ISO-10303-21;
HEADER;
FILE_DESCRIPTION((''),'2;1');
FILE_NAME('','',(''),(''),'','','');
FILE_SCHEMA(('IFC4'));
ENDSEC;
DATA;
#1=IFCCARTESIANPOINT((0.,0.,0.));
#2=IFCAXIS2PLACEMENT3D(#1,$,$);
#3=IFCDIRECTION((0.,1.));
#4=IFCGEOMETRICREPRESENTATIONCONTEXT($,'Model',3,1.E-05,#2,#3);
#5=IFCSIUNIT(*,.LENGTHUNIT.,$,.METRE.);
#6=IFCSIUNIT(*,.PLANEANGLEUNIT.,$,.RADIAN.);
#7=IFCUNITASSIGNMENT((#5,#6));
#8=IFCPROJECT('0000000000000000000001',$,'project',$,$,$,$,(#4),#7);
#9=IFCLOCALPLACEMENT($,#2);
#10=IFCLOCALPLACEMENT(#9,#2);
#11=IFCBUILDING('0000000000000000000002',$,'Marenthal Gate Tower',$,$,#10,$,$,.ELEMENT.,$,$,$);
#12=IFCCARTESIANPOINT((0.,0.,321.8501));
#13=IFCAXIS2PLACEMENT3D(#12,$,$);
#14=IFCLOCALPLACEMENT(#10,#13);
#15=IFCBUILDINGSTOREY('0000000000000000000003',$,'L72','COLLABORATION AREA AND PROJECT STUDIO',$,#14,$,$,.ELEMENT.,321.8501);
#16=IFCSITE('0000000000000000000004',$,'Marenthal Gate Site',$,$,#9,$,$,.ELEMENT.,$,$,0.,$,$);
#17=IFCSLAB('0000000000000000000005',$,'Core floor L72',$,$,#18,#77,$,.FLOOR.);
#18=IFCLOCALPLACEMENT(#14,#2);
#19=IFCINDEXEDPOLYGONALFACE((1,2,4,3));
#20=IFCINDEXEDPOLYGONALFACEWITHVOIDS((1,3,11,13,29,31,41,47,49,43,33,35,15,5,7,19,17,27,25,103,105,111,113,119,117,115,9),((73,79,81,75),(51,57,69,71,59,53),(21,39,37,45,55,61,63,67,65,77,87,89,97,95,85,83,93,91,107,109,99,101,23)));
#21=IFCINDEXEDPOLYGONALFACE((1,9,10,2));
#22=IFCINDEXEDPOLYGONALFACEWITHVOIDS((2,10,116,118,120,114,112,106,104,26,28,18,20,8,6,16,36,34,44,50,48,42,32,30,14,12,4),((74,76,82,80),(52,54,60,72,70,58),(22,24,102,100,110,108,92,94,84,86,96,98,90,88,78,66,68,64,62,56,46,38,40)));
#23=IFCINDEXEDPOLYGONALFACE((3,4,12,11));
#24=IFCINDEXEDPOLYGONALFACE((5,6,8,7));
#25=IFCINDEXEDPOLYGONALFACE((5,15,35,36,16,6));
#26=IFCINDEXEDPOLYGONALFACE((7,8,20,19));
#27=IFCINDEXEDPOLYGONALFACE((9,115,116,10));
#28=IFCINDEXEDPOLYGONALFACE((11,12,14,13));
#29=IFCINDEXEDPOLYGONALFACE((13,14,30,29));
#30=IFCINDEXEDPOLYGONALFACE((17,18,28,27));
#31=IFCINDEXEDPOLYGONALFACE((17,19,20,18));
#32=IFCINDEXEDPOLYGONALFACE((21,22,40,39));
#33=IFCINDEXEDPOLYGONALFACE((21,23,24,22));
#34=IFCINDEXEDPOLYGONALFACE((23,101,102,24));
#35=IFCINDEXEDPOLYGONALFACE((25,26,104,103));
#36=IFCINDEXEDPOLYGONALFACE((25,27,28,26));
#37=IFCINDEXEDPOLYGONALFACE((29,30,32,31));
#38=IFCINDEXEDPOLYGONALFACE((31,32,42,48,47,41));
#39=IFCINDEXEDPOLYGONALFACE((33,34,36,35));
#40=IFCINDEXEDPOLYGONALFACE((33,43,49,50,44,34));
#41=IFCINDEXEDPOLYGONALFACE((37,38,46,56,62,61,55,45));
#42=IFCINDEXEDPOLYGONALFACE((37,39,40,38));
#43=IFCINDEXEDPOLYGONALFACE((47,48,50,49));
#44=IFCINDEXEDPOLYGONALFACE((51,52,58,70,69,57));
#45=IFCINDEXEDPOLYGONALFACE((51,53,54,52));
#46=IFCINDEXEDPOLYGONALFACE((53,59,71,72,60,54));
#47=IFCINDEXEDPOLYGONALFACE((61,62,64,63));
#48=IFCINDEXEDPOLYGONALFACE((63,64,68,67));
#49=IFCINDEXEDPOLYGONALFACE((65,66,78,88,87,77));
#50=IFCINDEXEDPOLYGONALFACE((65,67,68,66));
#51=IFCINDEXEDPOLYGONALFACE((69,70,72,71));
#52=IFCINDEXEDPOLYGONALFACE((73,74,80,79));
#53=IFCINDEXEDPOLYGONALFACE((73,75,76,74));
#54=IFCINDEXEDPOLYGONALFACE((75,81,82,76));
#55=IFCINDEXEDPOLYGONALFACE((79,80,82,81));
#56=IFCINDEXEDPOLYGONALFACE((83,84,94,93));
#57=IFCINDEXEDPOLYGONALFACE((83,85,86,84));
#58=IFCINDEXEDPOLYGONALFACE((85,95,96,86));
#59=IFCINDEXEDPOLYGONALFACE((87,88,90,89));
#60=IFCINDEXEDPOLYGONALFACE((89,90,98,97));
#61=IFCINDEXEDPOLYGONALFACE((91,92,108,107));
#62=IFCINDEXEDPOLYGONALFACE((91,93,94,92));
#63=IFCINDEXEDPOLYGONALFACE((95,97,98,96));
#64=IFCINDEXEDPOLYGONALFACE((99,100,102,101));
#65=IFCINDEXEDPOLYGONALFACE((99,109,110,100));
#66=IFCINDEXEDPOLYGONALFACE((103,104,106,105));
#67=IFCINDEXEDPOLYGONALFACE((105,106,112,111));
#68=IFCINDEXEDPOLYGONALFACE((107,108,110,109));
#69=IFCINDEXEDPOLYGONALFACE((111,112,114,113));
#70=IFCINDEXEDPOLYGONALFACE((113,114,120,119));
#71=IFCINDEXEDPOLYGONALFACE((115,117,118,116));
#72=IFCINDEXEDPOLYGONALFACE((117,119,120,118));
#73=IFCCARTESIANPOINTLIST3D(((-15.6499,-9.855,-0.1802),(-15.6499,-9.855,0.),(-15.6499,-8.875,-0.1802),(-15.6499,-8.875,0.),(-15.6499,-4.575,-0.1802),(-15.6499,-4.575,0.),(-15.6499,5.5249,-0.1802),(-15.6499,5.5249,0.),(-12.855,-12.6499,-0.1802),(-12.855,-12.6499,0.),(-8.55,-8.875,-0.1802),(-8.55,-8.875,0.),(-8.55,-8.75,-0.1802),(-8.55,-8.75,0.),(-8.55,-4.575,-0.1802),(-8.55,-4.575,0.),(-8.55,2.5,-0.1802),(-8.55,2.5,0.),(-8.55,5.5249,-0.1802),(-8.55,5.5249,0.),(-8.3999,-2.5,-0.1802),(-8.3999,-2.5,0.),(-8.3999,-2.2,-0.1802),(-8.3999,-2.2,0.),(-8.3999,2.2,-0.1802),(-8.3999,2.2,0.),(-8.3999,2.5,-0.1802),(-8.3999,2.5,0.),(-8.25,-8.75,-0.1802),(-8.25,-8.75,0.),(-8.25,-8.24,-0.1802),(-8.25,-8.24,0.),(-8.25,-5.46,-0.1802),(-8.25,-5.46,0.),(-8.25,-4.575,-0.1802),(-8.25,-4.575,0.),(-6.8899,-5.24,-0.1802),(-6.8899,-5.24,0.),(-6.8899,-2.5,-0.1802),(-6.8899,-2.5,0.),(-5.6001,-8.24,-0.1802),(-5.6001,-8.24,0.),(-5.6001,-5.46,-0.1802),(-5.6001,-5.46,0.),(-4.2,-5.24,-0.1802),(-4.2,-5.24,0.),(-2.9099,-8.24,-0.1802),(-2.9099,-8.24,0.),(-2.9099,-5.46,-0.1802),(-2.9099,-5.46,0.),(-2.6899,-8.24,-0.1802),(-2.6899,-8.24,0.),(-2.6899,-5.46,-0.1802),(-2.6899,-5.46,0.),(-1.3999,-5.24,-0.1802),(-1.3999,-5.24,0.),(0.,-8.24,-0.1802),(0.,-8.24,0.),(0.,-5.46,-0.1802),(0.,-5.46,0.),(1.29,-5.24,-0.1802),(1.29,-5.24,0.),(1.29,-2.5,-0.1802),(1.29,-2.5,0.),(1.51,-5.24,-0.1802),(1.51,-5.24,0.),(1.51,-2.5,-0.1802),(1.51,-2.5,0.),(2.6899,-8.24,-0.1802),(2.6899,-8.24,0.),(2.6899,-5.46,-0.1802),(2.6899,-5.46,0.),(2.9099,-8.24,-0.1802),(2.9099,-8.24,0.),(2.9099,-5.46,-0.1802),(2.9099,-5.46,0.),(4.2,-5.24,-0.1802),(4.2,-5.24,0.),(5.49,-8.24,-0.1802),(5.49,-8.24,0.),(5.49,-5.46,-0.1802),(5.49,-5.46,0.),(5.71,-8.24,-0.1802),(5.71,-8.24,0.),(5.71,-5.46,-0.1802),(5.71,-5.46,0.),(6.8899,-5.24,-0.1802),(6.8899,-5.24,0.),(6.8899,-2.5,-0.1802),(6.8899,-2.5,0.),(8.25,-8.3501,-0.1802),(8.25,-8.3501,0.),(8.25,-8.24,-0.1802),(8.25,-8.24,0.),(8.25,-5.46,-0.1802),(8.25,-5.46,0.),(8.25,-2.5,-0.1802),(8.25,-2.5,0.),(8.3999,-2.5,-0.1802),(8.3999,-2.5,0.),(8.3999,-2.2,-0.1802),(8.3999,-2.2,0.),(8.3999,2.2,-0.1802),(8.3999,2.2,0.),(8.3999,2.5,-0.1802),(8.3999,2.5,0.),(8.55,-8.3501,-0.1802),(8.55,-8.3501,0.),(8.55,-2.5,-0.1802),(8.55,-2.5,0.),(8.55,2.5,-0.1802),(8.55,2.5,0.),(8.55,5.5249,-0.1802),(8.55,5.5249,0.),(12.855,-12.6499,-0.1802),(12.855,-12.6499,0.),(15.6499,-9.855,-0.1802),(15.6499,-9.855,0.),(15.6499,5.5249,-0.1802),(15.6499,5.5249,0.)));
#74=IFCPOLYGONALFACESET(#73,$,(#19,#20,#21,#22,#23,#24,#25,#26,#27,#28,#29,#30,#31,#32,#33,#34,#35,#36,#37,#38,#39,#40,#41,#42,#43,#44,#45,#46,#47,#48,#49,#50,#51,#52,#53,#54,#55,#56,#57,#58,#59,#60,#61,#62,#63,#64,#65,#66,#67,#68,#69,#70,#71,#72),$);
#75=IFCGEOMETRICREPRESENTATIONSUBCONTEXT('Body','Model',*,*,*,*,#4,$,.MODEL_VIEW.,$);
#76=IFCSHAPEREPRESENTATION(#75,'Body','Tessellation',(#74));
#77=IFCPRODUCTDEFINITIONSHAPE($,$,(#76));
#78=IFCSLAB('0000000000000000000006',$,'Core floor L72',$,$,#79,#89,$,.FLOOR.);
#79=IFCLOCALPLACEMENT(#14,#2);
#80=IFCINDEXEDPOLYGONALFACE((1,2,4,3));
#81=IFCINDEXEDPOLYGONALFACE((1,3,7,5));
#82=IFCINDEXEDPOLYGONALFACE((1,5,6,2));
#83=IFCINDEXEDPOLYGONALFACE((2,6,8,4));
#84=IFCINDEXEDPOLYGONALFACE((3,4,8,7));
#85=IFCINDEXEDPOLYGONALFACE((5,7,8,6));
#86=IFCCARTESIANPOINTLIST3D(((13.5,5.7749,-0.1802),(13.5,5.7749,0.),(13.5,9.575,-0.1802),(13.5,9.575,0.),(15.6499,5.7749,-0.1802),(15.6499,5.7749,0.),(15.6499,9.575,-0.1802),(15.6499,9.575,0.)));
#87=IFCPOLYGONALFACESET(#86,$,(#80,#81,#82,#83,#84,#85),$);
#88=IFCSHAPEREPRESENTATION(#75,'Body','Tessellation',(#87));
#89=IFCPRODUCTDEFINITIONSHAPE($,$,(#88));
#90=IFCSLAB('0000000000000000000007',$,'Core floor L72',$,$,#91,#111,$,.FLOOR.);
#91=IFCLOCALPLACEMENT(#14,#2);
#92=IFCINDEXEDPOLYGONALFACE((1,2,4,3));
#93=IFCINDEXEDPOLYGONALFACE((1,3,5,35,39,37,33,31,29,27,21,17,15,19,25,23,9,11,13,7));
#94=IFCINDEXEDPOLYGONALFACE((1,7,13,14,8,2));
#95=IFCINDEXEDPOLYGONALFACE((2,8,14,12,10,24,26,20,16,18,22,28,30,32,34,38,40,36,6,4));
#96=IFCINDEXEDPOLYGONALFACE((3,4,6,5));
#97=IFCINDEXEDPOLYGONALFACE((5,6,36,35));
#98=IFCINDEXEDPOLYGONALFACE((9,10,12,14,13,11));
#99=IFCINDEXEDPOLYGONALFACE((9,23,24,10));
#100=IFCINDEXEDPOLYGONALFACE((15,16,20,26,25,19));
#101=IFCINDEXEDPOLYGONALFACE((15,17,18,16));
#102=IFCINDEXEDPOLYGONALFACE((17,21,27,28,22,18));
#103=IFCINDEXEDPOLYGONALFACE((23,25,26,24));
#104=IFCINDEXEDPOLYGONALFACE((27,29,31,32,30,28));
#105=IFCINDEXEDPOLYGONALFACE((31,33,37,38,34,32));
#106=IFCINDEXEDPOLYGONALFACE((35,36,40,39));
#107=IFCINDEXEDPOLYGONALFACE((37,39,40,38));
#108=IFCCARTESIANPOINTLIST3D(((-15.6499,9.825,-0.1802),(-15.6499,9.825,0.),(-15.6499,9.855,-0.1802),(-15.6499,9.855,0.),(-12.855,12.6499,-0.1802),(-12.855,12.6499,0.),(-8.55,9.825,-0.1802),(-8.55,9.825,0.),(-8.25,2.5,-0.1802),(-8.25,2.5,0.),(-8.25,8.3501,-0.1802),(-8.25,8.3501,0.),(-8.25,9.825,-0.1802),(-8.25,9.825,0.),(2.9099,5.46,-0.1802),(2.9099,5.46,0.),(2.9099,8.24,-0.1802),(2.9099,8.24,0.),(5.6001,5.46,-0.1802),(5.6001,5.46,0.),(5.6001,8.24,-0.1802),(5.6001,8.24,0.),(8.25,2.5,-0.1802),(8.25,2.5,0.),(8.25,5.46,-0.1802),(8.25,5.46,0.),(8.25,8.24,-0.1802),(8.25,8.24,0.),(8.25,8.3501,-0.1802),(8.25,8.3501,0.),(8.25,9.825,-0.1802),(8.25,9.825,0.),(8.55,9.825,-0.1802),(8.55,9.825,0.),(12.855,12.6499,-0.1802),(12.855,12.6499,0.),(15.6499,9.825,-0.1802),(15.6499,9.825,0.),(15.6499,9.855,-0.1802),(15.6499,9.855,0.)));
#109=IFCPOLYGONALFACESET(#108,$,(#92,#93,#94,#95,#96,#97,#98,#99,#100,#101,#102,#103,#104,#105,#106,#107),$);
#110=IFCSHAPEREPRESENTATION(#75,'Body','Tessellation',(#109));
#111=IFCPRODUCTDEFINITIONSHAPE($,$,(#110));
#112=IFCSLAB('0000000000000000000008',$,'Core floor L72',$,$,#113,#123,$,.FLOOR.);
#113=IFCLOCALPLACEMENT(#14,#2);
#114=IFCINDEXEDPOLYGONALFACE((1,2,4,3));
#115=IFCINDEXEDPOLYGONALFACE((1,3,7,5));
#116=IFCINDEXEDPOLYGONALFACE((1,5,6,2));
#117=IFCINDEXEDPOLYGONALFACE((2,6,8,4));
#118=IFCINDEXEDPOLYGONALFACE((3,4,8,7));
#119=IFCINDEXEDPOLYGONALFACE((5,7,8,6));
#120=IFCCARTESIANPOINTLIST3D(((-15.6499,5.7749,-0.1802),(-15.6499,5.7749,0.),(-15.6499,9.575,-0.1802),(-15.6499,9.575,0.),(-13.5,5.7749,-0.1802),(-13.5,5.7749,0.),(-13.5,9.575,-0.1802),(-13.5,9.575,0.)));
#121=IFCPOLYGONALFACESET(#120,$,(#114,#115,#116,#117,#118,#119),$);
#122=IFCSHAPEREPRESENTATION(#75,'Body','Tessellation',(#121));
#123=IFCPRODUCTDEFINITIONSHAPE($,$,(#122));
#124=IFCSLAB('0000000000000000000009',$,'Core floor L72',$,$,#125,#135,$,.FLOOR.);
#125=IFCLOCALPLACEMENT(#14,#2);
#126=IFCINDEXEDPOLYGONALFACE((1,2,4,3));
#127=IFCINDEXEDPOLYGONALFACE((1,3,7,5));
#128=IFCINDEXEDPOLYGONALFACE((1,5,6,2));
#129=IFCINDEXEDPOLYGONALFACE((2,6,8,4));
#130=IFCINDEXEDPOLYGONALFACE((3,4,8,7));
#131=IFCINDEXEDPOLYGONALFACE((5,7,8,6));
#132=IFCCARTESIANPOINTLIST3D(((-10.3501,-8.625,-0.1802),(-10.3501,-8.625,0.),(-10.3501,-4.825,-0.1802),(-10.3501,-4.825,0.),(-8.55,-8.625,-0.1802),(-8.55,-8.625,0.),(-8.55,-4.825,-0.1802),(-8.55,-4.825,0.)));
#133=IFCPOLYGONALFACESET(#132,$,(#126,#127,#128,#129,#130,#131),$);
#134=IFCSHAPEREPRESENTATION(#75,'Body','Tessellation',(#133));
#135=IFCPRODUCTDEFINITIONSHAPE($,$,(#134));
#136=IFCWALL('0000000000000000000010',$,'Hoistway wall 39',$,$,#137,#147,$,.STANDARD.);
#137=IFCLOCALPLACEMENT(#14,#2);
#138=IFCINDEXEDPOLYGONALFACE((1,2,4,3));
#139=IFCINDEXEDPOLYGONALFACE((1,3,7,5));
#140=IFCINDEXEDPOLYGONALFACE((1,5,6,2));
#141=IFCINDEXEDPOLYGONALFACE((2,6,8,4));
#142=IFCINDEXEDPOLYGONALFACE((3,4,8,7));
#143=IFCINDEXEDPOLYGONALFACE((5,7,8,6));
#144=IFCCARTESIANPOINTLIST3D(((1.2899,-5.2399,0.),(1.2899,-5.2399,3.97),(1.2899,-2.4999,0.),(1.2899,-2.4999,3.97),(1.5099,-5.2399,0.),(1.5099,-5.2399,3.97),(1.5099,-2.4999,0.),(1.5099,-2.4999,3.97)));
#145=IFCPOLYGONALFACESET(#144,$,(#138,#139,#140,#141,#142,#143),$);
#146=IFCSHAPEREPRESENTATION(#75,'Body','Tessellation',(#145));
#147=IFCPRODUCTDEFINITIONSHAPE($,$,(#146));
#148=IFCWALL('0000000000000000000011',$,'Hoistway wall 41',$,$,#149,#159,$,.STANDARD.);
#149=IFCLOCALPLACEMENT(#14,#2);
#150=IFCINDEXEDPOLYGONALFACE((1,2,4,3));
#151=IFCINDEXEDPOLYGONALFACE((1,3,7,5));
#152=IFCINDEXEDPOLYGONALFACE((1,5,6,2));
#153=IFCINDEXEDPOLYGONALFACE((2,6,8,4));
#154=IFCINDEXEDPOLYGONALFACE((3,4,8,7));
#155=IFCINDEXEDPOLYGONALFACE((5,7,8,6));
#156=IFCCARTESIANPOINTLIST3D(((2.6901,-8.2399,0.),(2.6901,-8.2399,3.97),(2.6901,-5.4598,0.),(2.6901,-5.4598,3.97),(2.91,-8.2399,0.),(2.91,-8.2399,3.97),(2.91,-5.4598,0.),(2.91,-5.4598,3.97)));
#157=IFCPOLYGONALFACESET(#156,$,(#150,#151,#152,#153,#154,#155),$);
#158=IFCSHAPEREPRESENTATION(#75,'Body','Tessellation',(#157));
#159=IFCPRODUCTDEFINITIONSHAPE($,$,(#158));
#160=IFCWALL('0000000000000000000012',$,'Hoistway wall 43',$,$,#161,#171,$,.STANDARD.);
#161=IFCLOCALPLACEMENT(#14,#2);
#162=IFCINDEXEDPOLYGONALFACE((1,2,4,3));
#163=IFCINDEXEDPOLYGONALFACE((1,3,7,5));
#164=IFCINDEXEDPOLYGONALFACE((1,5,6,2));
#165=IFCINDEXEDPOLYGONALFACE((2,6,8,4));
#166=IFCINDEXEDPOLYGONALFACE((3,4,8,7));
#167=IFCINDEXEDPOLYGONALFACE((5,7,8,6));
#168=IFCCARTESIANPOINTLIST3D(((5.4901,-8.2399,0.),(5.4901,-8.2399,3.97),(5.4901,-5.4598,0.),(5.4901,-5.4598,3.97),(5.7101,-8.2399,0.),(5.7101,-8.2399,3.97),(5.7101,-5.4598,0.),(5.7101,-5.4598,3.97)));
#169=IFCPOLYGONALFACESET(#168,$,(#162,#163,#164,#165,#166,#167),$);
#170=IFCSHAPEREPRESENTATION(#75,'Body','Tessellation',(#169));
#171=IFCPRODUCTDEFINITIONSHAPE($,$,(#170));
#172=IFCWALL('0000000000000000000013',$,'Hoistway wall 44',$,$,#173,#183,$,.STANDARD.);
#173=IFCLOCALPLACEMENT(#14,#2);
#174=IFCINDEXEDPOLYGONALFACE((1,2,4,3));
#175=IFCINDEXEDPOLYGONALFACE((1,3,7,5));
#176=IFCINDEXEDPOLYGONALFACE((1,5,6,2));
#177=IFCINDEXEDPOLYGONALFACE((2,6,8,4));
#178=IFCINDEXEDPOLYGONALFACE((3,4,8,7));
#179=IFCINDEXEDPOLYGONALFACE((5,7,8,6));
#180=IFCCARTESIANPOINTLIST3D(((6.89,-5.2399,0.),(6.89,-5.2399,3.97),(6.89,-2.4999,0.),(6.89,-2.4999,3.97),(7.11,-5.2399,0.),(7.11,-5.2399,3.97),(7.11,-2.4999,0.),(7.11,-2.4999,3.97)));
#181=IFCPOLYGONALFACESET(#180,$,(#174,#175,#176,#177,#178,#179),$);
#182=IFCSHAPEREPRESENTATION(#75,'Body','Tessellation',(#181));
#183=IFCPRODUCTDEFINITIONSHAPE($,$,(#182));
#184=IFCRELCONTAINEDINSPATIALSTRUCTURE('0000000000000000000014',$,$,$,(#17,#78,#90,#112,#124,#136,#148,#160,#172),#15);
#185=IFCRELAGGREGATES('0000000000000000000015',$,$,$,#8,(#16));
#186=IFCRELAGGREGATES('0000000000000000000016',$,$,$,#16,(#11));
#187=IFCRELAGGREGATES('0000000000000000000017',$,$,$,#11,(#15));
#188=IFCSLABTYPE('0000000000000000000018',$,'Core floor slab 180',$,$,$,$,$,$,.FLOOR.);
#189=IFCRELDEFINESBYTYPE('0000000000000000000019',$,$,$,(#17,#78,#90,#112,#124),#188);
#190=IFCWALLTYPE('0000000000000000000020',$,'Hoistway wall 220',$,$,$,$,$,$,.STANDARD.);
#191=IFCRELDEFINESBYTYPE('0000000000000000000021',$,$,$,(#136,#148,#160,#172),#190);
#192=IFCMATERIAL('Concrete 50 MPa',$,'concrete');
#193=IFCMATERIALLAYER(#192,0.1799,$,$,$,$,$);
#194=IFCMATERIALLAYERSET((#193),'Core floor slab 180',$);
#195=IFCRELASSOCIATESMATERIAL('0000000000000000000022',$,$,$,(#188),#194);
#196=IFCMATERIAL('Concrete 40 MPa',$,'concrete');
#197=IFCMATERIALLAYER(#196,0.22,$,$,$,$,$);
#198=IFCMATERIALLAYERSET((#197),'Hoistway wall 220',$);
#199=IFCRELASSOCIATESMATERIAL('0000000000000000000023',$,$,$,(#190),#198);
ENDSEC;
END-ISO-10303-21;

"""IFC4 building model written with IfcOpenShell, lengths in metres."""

from ifc_helpers import new_model, si_unit, direction, frame, frame_2d, origin, place, context, subcontext, project, spatial, polyline, rectangle, outline, extrude, material, layer, layer_set, type_object, element, save


model = new_model("IFC4")

# Units and contexts
model_context = context("Model", 3, precision=1e-05, world=origin(), true_north=direction((0.0, 1.0)))
body_context = subcontext(model_context, "Body", "Model", "MODEL_VIEW")
ifc_project = project(units=[si_unit("LENGTHUNIT", "METRE"), si_unit("PLANEANGLEUNIT", "RADIAN")], contexts=[model_context])

# Site, building, storey
site_placement = place(None, origin())
site = spatial("IfcSite", under=ifc_project, at=site_placement, Name="Marenthal Gate Site", CompositionType="ELEMENT", RefElevation=0.0)
building_placement = place(site_placement, origin())
building = spatial("IfcBuilding", under=site, at=building_placement, Name="Marenthal Gate Tower", CompositionType="ELEMENT")
storey_placement = place(building_placement, frame((0.0, 0.0, 321.8501)))
storey = spatial("IfcBuildingStorey", under=building, at=storey_placement, Name="L72", Description="COLLABORATION AREA AND PROJECT STUDIO", CompositionType="ELEMENT", Elevation=321.8501)

# Slabs
ifc_material_1 = material(Name="Concrete 50 MPa", Category="concrete")
ifc_layer_1 = layer(ifc_material_1, 0.1799)
ifc_layer_set_1 = layer_set([ifc_layer_1], Name="Core floor slab 180")
slab_type_1 = type_object("IfcSlabType", Name="Core floor slab 180", PredefinedType="FLOOR", material=ifc_layer_set_1)
slab_1_placement = place(storey_placement, frame((0.0, 0.0, -0.1802)))
element("IfcSlab", 1, at=slab_1_placement, inside=storey, type_object=slab_type_1, Name="Core floor L72", PredefinedType="FLOOR", context=body_context, shape_type="SweptSolid", body=[
    extrude(outline(polyline([(12.855, -12.6499), (-12.855, -12.6499), (-15.6499, -9.855), (-15.6499, -8.875), (-8.55, -8.875), (-8.55, -8.75), (-8.25, -8.75), (-8.25, -8.24), (-5.6001, -8.24), (-2.9099, -8.24), (-2.9099, -5.46), (-5.6001, -5.46), (-8.25, -5.46), (-8.25, -4.575), (-8.55, -4.575), (-15.6499, -4.575), (-15.6499, 5.5249), (-8.55, 5.5249), (-8.55, 2.5), (-8.3999, 2.5), (-8.3999, 2.2), (8.3999, 2.2), (8.3999, 2.5), (8.55, 2.5), (8.55, 5.5249), (15.6499, 5.5249), (15.6499, -9.855), (12.855, -12.6499)]), holes=[polyline([(0.0, -8.24), (2.6899, -8.24), (2.6899, -5.46), (0.0, -5.46), (-2.6899, -5.46), (-2.6899, -8.24), (0.0, -8.24)]), polyline([(1.29, -5.24), (1.29, -2.5), (1.51, -2.5), (1.51, -5.24), (4.2, -5.24), (6.8899, -5.24), (6.8899, -2.5), (8.25, -2.5), (8.25, -5.46), (5.71, -5.46), (5.71, -8.24), (8.25, -8.24), (8.25, -8.3501), (8.55, -8.3501), (8.55, -2.5), (8.3999, -2.5), (8.3999, -2.2), (-8.3999, -2.2), (-8.3999, -2.5), (-6.8899, -2.5), (-6.8899, -5.24), (-4.2, -5.24), (-1.3999, -5.24), (1.29, -5.24)]), polyline([(5.49, -5.46), (2.9099, -5.46), (2.9099, -8.24), (5.49, -8.24), (5.49, -5.46)])]), origin(), (0.0, 0.0, 1.0), 0.1802),
])
slab_2_placement = place(storey_placement, frame((0.0, 0.0, -0.1802)))
element("IfcSlab", 2, at=slab_2_placement, inside=storey, type_object=slab_type_1, Name="Core floor L72", PredefinedType="FLOOR", context=body_context, shape_type="SweptSolid", body=[
    extrude(outline(polyline([(15.6499, 5.7749), (13.5, 5.7749), (13.5, 9.575), (15.6499, 9.575), (15.6499, 5.7749)])), origin(), (0.0, 0.0, 1.0), 0.1802),
])
slab_3_placement = place(storey_placement, frame((0.0, 0.0, -0.1802)))
element("IfcSlab", 3, at=slab_3_placement, inside=storey, type_object=slab_type_1, Name="Core floor L72", PredefinedType="FLOOR", context=body_context, shape_type="SweptSolid", body=[
    extrude(outline(polyline([(15.6499, 9.825), (8.55, 9.825), (8.25, 9.825), (8.25, 8.3501), (8.25, 8.24), (5.6001, 8.24), (2.9099, 8.24), (2.9099, 5.46), (5.6001, 5.46), (8.25, 5.46), (8.25, 2.5), (-8.25, 2.5), (-8.25, 8.3501), (-8.25, 9.825), (-8.55, 9.825), (-15.6499, 9.825), (-15.6499, 9.855), (-12.855, 12.6499), (12.855, 12.6499), (15.6499, 9.855), (15.6499, 9.825)])), origin(), (0.0, 0.0, 1.0), 0.1802),
])
slab_4_placement = place(storey_placement, frame((0.0, 0.0, -0.1802)))
element("IfcSlab", 4, at=slab_4_placement, inside=storey, type_object=slab_type_1, Name="Core floor L72", PredefinedType="FLOOR", context=body_context, shape_type="SweptSolid", body=[
    extrude(outline(polyline([(-15.6499, 9.575), (-13.5, 9.575), (-13.5, 5.7749), (-15.6499, 5.7749), (-15.6499, 9.575)])), origin(), (0.0, 0.0, 1.0), 0.1802),
])
slab_5_placement = place(storey_placement, frame((0.0, 0.0, -0.1802)))
element("IfcSlab", 5, at=slab_5_placement, inside=storey, type_object=slab_type_1, Name="Core floor L72", PredefinedType="FLOOR", context=body_context, shape_type="SweptSolid", body=[
    extrude(outline(polyline([(-8.55, -4.825), (-8.55, -8.625), (-10.3501, -8.625), (-10.3501, -4.825), (-8.55, -4.825)])), origin(), (0.0, 0.0, 1.0), 0.1802),
])

# Walls
ifc_material_2 = material(Name="Concrete 40 MPa", Category="concrete")
ifc_layer_2 = layer(ifc_material_2, 0.22)
ifc_layer_set_2 = layer_set([ifc_layer_2], Name="Hoistway wall 220")
wall_type_1 = type_object("IfcWallType", Name="Hoistway wall 220", PredefinedType="STANDARD", material=ifc_layer_set_2)
wall_1_placement = place(storey_placement, frame((1.3999, -5.24, 0.0), z_axis=(0.0, 0.0, 1.0), x_axis=(0.0, 1.0, 0.0)))
element("IfcWall", 6, at=wall_1_placement, inside=storey, type_object=wall_type_1, Name="Hoistway wall 39", PredefinedType="STANDARD", context=body_context, shape_type="SweptSolid", body=[
    extrude(rectangle(XDim=2.74, YDim=0.22, at=frame_2d((1.3701, 0.0))), origin(), (0.0, 0.0, 1.0), 3.97),
])
for number, where, z_axis, x_axis, name in (
    (7, (2.8, -8.24, 0.0), (0.0, 0.0, 1.0), (0.0, 1.0, 0.0), "Hoistway wall 41"),
    (8, (5.6001, -8.24, 0.0), (0.0, 0.0, 1.0), (0.0, 1.0, 0.0), "Hoistway wall 43"),
):
    element("IfcWall", number, at=place(storey_placement, frame(where, z_axis=z_axis, x_axis=x_axis)), inside=storey, type_object=wall_type_1, Name=name, PredefinedType="STANDARD", context=body_context, shape_type="SweptSolid", body=[
        extrude(rectangle(XDim=2.78, YDim=0.22, at=frame_2d((1.3901, 0.0))), origin(), (0.0, 0.0, 1.0), 3.97),
    ])
wall_2_placement = place(storey_placement, frame((7.0, -5.24, 0.0), z_axis=(0.0, 0.0, 1.0), x_axis=(0.0, 1.0, 0.0)))
element("IfcWall", 9, at=wall_2_placement, inside=storey, type_object=wall_type_1, Name="Hoistway wall 44", PredefinedType="STANDARD", context=body_context, shape_type="SweptSolid", body=[
    extrude(rectangle(XDim=2.74, YDim=0.22, at=frame_2d((1.3701, 0.0))), origin(), (0.0, 0.0, 1.0), 3.97),
])

save(model, "model.ifc")
